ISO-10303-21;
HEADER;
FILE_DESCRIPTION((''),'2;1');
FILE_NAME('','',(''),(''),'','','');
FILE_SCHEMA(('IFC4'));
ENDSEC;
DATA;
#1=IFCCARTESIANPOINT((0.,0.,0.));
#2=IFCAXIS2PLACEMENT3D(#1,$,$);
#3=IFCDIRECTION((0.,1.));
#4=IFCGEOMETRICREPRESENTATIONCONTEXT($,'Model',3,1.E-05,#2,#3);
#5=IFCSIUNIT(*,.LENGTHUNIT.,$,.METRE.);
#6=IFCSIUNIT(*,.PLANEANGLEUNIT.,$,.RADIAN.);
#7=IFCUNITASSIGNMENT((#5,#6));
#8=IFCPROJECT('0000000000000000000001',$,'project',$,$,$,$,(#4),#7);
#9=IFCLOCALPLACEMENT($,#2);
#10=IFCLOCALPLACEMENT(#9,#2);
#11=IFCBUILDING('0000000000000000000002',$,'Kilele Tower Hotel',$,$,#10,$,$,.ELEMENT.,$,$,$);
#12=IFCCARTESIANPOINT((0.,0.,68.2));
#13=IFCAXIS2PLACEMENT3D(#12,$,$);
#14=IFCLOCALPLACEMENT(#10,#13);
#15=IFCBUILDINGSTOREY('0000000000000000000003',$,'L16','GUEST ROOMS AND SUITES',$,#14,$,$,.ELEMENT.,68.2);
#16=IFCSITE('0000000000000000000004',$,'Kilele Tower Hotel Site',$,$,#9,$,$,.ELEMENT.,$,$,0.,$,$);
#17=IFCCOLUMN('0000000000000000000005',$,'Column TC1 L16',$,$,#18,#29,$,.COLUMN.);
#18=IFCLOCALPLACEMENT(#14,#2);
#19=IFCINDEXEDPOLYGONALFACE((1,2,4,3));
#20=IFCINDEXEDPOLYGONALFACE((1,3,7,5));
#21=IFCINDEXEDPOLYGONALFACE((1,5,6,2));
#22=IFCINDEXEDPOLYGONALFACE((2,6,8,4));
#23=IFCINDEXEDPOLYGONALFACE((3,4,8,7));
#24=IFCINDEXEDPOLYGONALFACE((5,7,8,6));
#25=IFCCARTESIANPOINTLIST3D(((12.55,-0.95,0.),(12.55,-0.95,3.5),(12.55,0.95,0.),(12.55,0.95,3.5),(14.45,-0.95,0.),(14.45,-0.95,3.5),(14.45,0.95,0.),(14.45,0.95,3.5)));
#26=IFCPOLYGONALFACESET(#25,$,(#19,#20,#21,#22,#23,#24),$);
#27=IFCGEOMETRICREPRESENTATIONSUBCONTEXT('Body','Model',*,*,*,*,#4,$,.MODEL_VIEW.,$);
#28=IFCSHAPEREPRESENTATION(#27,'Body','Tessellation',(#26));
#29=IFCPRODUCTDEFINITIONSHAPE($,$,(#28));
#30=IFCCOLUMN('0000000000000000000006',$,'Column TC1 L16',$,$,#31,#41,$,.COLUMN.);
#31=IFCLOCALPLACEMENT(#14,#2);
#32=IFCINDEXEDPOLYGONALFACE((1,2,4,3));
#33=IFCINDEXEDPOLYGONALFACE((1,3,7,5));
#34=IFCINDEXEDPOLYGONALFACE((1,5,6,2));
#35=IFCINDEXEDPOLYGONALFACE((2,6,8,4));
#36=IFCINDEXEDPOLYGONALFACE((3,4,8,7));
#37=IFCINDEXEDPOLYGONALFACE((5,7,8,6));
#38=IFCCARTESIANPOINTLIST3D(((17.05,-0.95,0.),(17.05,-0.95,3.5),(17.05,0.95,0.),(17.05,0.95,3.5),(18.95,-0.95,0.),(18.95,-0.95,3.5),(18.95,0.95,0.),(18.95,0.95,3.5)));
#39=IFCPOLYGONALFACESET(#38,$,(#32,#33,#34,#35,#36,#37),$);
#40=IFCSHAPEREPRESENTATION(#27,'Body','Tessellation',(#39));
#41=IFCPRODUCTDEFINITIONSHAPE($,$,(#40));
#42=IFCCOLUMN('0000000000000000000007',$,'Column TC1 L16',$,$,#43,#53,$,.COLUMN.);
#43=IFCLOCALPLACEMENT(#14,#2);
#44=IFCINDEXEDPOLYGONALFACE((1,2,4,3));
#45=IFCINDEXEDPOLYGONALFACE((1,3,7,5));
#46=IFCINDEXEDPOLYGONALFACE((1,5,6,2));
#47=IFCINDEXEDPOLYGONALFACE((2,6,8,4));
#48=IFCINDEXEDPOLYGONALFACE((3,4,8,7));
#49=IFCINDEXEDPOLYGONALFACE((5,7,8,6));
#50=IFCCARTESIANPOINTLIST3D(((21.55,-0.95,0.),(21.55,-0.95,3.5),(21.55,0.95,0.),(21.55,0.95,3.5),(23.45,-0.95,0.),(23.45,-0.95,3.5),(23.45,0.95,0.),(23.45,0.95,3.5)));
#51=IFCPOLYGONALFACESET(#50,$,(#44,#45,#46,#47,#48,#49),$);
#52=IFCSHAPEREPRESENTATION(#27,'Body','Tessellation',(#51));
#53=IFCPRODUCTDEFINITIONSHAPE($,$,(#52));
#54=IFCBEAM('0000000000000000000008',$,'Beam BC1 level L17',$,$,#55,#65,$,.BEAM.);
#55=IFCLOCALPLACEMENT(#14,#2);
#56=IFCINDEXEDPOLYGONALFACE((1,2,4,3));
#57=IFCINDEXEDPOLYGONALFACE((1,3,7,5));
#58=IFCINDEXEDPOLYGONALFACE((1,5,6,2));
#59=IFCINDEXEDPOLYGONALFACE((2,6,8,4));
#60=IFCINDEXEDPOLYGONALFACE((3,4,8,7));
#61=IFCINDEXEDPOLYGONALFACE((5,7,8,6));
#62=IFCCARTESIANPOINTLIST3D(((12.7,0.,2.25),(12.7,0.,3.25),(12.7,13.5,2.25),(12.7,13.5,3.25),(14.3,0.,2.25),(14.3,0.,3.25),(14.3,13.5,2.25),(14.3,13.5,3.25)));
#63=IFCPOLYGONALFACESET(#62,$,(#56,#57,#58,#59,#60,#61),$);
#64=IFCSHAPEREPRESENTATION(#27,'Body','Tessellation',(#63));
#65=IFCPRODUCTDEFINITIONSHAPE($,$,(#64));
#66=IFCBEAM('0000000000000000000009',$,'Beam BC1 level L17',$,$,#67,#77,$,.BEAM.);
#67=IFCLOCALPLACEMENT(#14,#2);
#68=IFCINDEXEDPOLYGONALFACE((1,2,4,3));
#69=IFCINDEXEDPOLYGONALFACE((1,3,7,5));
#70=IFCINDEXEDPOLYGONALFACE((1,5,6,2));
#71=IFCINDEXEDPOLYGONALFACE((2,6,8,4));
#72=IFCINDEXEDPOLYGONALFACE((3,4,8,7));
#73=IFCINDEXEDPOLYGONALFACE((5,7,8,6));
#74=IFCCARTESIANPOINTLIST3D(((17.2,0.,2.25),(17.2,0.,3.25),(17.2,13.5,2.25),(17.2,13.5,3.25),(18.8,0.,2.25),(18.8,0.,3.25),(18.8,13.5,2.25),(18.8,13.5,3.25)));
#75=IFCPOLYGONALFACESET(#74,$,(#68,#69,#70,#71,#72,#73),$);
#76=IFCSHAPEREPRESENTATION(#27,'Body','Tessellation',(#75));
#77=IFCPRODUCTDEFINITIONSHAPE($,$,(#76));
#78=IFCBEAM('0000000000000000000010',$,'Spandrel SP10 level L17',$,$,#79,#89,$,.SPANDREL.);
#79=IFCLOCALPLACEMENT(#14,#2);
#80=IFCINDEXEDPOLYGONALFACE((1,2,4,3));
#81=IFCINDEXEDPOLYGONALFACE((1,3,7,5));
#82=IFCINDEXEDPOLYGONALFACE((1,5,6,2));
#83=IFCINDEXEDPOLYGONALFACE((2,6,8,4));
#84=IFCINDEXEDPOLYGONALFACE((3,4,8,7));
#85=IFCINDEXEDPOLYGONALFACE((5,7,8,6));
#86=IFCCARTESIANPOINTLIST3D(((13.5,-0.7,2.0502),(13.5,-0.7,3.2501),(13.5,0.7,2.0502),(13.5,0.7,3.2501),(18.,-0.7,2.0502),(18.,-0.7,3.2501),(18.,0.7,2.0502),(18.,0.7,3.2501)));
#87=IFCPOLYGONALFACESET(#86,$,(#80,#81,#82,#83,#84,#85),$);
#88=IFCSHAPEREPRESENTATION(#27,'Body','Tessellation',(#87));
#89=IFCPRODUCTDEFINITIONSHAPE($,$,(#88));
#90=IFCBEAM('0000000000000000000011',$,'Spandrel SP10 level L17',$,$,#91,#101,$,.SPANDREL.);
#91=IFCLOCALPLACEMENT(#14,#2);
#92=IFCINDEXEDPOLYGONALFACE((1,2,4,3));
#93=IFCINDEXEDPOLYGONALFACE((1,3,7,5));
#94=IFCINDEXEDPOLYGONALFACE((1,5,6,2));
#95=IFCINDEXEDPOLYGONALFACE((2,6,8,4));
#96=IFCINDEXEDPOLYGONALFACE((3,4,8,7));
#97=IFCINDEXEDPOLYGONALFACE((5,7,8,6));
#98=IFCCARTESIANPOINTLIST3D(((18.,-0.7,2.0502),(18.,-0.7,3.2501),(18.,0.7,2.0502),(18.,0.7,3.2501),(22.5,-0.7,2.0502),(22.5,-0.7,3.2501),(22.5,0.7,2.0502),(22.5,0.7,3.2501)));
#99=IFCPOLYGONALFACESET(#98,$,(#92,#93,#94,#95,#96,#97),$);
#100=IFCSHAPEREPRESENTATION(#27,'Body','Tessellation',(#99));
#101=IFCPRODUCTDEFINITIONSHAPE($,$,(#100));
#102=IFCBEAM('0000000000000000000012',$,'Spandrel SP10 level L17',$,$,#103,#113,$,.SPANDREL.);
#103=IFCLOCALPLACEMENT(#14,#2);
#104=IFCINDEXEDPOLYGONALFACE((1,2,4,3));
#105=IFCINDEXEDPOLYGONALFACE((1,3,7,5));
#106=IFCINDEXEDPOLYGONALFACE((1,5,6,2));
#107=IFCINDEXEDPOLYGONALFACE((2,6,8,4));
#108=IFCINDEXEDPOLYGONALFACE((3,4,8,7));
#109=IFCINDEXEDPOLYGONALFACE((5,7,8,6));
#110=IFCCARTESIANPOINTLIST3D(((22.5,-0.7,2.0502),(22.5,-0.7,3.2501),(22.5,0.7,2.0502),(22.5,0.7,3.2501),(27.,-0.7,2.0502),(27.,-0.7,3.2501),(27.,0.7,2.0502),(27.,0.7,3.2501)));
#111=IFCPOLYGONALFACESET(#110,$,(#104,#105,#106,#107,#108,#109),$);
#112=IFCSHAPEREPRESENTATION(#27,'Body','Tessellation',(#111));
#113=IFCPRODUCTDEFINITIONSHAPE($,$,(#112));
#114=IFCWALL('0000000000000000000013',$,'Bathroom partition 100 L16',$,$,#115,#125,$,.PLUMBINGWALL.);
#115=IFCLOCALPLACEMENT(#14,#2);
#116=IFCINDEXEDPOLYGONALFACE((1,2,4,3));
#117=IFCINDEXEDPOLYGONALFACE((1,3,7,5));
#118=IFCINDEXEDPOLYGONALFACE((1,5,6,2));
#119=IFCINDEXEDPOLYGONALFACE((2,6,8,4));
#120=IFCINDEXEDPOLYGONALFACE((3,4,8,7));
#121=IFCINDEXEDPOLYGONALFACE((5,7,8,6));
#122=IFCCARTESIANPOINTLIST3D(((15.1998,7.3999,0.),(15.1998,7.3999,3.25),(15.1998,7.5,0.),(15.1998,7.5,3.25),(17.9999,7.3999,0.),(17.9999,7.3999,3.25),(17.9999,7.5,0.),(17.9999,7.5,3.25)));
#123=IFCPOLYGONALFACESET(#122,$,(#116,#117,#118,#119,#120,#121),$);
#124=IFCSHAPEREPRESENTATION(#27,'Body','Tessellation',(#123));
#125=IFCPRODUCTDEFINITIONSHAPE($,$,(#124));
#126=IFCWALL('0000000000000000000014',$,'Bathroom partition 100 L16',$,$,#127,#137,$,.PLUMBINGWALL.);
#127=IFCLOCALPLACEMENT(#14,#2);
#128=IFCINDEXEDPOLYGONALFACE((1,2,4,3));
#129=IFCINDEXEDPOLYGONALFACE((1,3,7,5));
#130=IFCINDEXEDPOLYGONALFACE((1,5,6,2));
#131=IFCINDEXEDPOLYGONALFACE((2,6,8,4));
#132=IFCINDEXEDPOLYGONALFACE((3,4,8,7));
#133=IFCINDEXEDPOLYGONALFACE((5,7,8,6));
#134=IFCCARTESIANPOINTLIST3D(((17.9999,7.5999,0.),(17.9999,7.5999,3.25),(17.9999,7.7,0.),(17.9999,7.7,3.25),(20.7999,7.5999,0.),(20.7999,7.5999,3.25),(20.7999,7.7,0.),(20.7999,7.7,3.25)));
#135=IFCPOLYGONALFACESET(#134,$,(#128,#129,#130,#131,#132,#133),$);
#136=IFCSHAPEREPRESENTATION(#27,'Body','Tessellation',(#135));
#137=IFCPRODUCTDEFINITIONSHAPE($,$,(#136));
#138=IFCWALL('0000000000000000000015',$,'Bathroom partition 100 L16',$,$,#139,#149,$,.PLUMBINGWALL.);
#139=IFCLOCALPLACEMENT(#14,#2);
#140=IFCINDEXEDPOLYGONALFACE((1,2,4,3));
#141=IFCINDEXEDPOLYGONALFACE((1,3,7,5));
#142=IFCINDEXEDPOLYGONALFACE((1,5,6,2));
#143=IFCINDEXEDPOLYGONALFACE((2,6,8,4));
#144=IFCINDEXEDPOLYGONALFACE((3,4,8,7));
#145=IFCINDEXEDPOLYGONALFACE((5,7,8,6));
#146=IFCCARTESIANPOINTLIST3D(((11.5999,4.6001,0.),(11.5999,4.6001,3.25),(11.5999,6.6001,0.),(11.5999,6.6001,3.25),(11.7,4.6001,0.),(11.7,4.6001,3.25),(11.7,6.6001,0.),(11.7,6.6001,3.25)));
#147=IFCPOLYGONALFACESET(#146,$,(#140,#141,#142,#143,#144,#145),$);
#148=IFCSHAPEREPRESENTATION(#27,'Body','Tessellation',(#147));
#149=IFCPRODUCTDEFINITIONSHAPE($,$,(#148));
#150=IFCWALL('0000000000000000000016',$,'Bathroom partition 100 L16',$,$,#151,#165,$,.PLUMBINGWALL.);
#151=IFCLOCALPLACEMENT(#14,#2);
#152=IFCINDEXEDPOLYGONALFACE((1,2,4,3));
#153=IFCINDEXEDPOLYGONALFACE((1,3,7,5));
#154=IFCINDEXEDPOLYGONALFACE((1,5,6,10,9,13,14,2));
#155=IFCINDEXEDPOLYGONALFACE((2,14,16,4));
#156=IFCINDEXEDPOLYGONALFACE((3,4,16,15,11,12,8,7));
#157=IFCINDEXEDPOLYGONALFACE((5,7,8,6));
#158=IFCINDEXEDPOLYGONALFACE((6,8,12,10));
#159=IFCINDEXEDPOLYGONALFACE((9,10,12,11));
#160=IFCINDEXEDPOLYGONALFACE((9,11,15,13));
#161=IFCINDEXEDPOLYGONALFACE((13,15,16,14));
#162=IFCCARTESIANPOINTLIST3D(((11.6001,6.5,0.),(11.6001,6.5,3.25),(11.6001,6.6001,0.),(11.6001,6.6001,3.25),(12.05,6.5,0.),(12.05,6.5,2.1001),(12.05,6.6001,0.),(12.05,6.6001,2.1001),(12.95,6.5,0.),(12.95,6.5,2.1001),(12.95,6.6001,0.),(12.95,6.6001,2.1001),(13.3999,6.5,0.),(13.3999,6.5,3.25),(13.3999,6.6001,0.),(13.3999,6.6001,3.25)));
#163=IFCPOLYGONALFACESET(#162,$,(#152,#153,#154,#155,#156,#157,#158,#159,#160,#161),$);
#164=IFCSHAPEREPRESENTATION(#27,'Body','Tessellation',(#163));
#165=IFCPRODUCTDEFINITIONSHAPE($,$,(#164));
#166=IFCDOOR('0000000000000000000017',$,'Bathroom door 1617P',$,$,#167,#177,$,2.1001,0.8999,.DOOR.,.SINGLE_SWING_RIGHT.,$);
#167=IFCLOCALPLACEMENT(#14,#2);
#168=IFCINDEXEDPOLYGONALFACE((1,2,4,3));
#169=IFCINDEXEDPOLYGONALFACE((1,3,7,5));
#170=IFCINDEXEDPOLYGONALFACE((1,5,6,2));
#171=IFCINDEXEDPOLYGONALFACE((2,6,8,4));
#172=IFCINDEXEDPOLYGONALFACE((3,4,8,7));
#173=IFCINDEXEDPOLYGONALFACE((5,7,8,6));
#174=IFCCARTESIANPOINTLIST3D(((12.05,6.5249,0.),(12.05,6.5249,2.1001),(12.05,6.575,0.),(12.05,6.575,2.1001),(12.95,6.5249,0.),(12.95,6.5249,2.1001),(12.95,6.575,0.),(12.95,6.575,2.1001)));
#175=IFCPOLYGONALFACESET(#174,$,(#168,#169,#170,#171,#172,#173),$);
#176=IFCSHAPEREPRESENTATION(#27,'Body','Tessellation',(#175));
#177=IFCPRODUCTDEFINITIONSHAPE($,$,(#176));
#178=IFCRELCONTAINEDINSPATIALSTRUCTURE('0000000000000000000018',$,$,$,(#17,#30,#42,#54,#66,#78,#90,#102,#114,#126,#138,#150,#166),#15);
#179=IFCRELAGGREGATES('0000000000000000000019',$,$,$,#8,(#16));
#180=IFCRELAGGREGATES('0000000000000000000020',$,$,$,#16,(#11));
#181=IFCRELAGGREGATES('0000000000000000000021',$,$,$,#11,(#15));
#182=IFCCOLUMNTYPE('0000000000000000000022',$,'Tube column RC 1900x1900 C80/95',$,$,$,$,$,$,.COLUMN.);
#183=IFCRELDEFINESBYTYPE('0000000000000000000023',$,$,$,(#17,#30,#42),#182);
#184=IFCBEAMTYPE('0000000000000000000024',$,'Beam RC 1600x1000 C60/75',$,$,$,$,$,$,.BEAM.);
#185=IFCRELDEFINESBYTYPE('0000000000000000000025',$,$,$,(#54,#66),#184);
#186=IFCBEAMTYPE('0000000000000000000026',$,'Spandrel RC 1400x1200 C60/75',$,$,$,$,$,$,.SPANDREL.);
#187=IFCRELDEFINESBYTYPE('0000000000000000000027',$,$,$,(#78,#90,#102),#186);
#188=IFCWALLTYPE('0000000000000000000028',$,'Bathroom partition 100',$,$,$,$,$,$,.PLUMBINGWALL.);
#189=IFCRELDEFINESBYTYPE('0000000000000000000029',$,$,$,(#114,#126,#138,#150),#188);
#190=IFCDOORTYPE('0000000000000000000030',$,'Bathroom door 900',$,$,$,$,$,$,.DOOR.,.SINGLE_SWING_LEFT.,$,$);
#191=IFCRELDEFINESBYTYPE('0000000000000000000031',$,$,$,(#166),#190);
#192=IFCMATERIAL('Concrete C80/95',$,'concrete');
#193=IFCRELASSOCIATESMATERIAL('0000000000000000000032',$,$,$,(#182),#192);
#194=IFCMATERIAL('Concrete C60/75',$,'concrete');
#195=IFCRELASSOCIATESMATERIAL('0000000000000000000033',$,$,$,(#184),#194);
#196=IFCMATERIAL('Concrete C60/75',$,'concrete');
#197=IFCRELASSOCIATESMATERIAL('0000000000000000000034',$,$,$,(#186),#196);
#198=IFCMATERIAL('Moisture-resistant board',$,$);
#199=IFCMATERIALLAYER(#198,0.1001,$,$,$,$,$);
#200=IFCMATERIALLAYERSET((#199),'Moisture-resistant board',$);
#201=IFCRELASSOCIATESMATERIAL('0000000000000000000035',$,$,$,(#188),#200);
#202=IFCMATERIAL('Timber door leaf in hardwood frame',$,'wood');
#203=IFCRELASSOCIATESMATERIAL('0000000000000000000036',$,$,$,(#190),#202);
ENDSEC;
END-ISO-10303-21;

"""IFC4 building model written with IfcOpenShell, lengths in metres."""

from ifc_helpers import new_model, si_unit, direction, frame, frame_2d, origin, origin_2d, place, context, subcontext, project, spatial, rectangle, extrude, material, layer, layer_set, material_profile, profile_set, type_object, element, fill, save


model = new_model("IFC4")

# Units and contexts
model_context = context("Model", 3, precision=1e-05, world=origin(), true_north=direction((0.0, 1.0)))
body_context = subcontext(model_context, "Body", "Model", "MODEL_VIEW")
ifc_project = project(units=[si_unit("LENGTHUNIT", "METRE"), si_unit("PLANEANGLEUNIT", "RADIAN")], contexts=[model_context])

# Site, building, storey
site_placement = place(None, origin())
site = spatial("IfcSite", under=ifc_project, at=site_placement, Name="Kilele Tower Hotel Site", CompositionType="ELEMENT", RefElevation=0.0)
building_placement = place(site_placement, origin())
building = spatial("IfcBuilding", under=site, at=building_placement, Name="Kilele Tower Hotel", CompositionType="ELEMENT")
storey_placement = place(building_placement, frame((0.0, 0.0, 68.2)))
storey = spatial("IfcBuildingStorey", under=building, at=storey_placement, Name="L16", Description="GUEST ROOMS AND SUITES", CompositionType="ELEMENT", Elevation=68.2)

# Columns
ifc_material_1 = material(Name="Concrete C80/95", Category="concrete")
ifc_material_profile_1 = material_profile(ifc_material_1, rectangle(XDim=1.8999, YDim=1.8999, at=origin_2d()))
ifc_profile_set_1 = profile_set([ifc_material_profile_1], Name="Concrete C80/95")
column_type = type_object("IfcColumnType", Name="Tube column RC 1900x1900 C80/95", PredefinedType="COLUMN", material=ifc_profile_set_1)
for number, where, z_axis, x_axis, name in (
    (1, (13.5, 0.0, 0.0), (0.0, 0.0, 1.0), (1.0, 0.0, 0.0), "Column TC1 L16"),
    (2, (18.0, 0.0, 0.0), (0.0, 0.0, 1.0), (1.0, 0.0, 0.0), "Column TC1 L16"),
    (3, (22.5, 0.0, 0.0), (0.0, 0.0, 1.0), (1.0, 0.0, 0.0), "Column TC1 L16"),
):
    element("IfcColumn", number, at=place(storey_placement, frame(where, z_axis=z_axis, x_axis=x_axis)), inside=storey, type_object=column_type, Name=name, PredefinedType="COLUMN", context=body_context, shape_type="SweptSolid", body=[
        extrude(rectangle(XDim=1.8999, YDim=1.8999, at=origin_2d()), origin(), (0.0, 0.0, 1.0), 3.5),
    ])

# Beams
ifc_material_2 = material(Name="Concrete C60/75", Category="concrete")
ifc_material_profile_2 = material_profile(ifc_material_2, rectangle(XDim=1.6001, YDim=1.0, at=origin_2d()))
ifc_profile_set_2 = profile_set([ifc_material_profile_2], Name="Concrete C60/75")
beam_type_1 = type_object("IfcBeamType", Name="Beam RC 1600x1000 C60/75", PredefinedType="BEAM", material=ifc_profile_set_2)
for number, where, z_axis, x_axis, name in (
    (4, (13.5, 0.0, 2.75), (0.0, 1.0, 0.0), (-1.0, 0.0, 0.0), "Beam BC1 level L17"),
    (5, (18.0, 0.0, 2.75), (0.0, 1.0, 0.0), (-1.0, 0.0, 0.0), "Beam BC1 level L17"),
):
    element("IfcBeam", number, at=place(storey_placement, frame(where, z_axis=z_axis, x_axis=x_axis)), inside=storey, type_object=beam_type_1, Name=name, PredefinedType="BEAM", context=body_context, shape_type="SweptSolid", body=[
        extrude(rectangle(XDim=1.6001, YDim=1.0, at=origin_2d()), origin(), (0.0, 0.0, 1.0), 13.5),
    ])
ifc_material_3 = material(Name="Concrete C60/75", Category="concrete")
ifc_material_profile_3 = material_profile(ifc_material_3, rectangle(XDim=1.3999, YDim=1.2, at=origin_2d()))
ifc_profile_set_3 = profile_set([ifc_material_profile_3], Name="Concrete C60/75")
beam_type_2 = type_object("IfcBeamType", Name="Spandrel RC 1400x1200 C60/75", PredefinedType="SPANDREL", material=ifc_profile_set_3)
for number, where, z_axis, x_axis, name in (
    (6, (13.5, 0.0, 2.6501), (1.0, 0.0, 0.0), (0.0, 1.0, 0.0), "Spandrel SP10 level L17"),
    (7, (18.0, 0.0, 2.6501), (1.0, 0.0, 0.0), (0.0, 1.0, 0.0), "Spandrel SP10 level L17"),
    (8, (22.5, 0.0, 2.6501), (1.0, 0.0, 0.0), (0.0, 1.0, 0.0), "Spandrel SP10 level L17"),
):
    element("IfcBeam", number, at=place(storey_placement, frame(where, z_axis=z_axis, x_axis=x_axis)), inside=storey, type_object=beam_type_2, Name=name, PredefinedType="SPANDREL", context=body_context, shape_type="SweptSolid", body=[
        extrude(rectangle(XDim=1.3999, YDim=1.2, at=origin_2d()), origin(), (0.0, 0.0, 1.0), 4.5),
    ])

# Walls
ifc_material_4 = material(Name="Moisture-resistant board")
ifc_layer_1 = layer(ifc_material_4, 0.1001)
ifc_layer_set_1 = layer_set([ifc_layer_1], Name="Moisture-resistant board")
wall_type_1 = type_object("IfcWallType", Name="Bathroom partition 100", PredefinedType="PLUMBINGWALL", material=ifc_layer_set_1)
for number, where, z_axis, x_axis, name in (
    (9, (15.2, 7.45, 0.0), (0.0, 0.0, 1.0), (1.0, 0.0, 0.0), "Bathroom partition 100 L16"),
    (10, (18.0, 7.6499, 0.0), (0.0, 0.0, 1.0), (1.0, 0.0, 0.0), "Bathroom partition 100 L16"),
):
    element("IfcWall", number, at=place(storey_placement, frame(where, z_axis=z_axis, x_axis=x_axis)), inside=storey, type_object=wall_type_1, Name=name, PredefinedType="PLUMBINGWALL", context=body_context, shape_type="SweptSolid", body=[
        extrude(rectangle(XDim=2.8, YDim=0.1001, at=frame_2d((1.3999, 0.0))), origin(), (0.0, 0.0, 1.0), 3.25),
    ])
wall_1_placement = place(storey_placement, frame((11.6499, 4.6001, 0.0), z_axis=(0.0, 0.0, 1.0), x_axis=(0.0, 1.0, 0.0)))
element("IfcWall", 11, at=wall_1_placement, inside=storey, type_object=wall_type_1, Name="Bathroom partition 100 L16", PredefinedType="PLUMBINGWALL", context=body_context, shape_type="SweptSolid", body=[
    extrude(rectangle(XDim=2.0, YDim=0.1001, at=frame_2d((1.0, 0.0))), origin(), (0.0, 0.0, 1.0), 3.25),
])

# Wall, opening, door
wall_2_placement = place(storey_placement, frame((13.3999, 6.55, 0.0), z_axis=(0.0, 0.0, 1.0), x_axis=(-1.0, 0.0, 0.0)))
wall_2 = element("IfcWall", 12, at=wall_2_placement, inside=storey, type_object=wall_type_1, Name="Bathroom partition 100 L16", PredefinedType="PLUMBINGWALL", context=body_context, shape_type="SweptSolid", body=[
    extrude(rectangle(XDim=1.7998, YDim=0.1001, at=frame_2d((0.8999, 0.0))), origin(), (0.0, 0.0, 1.0), 3.25),
])
opening_1_placement = place(wall_2_placement, frame((1.3499, 0.0, 0.0), z_axis=(0.0, 0.0, 1.0), x_axis=(-1.0, 0.0, 0.0)))
opening_1 = element("IfcOpeningElement", 13, at=opening_1_placement, cuts=wall_2, PredefinedType="OPENING", context=body_context, shape_type="SweptSolid", body=[
    extrude(rectangle(XDim=0.8999, YDim=2.1001, at=frame_2d((0.45, 1.05))), frame((0.0, 0.0601, 0.0), z_axis=(0.0, -1.0, 0.0), x_axis=(1.0, 0.0, 0.0)), (0.0, 0.0, 1.0), 0.1201),
])
ifc_material_5 = material(Name="Timber door leaf in hardwood frame", Category="wood")
door_type_1 = type_object("IfcDoorType", Name="Bathroom door 900", OperationType="SINGLE_SWING_LEFT", PredefinedType="DOOR", material=ifc_material_5)
door_1_placement = place(opening_1_placement, origin())
door_1 = element("IfcDoor", 14, at=door_1_placement, inside=storey, type_object=door_type_1, Name="Bathroom door 1617P", OperationType="SINGLE_SWING_RIGHT", OverallHeight=2.1001, OverallWidth=0.8999, PredefinedType="DOOR", context=body_context, shape_type="SweptSolid", body=[
    extrude(rectangle(XDim=0.8999, YDim=2.1001, at=frame_2d((0.45, 1.05))), frame((0.0, 0.0249, 0.0), z_axis=(0.0, -1.0, 0.0), x_axis=(1.0, 0.0, 0.0)), (0.0, 0.0, 1.0), 0.05),
])
fill(opening_1, door_1)

save(model, "model.ifc")
